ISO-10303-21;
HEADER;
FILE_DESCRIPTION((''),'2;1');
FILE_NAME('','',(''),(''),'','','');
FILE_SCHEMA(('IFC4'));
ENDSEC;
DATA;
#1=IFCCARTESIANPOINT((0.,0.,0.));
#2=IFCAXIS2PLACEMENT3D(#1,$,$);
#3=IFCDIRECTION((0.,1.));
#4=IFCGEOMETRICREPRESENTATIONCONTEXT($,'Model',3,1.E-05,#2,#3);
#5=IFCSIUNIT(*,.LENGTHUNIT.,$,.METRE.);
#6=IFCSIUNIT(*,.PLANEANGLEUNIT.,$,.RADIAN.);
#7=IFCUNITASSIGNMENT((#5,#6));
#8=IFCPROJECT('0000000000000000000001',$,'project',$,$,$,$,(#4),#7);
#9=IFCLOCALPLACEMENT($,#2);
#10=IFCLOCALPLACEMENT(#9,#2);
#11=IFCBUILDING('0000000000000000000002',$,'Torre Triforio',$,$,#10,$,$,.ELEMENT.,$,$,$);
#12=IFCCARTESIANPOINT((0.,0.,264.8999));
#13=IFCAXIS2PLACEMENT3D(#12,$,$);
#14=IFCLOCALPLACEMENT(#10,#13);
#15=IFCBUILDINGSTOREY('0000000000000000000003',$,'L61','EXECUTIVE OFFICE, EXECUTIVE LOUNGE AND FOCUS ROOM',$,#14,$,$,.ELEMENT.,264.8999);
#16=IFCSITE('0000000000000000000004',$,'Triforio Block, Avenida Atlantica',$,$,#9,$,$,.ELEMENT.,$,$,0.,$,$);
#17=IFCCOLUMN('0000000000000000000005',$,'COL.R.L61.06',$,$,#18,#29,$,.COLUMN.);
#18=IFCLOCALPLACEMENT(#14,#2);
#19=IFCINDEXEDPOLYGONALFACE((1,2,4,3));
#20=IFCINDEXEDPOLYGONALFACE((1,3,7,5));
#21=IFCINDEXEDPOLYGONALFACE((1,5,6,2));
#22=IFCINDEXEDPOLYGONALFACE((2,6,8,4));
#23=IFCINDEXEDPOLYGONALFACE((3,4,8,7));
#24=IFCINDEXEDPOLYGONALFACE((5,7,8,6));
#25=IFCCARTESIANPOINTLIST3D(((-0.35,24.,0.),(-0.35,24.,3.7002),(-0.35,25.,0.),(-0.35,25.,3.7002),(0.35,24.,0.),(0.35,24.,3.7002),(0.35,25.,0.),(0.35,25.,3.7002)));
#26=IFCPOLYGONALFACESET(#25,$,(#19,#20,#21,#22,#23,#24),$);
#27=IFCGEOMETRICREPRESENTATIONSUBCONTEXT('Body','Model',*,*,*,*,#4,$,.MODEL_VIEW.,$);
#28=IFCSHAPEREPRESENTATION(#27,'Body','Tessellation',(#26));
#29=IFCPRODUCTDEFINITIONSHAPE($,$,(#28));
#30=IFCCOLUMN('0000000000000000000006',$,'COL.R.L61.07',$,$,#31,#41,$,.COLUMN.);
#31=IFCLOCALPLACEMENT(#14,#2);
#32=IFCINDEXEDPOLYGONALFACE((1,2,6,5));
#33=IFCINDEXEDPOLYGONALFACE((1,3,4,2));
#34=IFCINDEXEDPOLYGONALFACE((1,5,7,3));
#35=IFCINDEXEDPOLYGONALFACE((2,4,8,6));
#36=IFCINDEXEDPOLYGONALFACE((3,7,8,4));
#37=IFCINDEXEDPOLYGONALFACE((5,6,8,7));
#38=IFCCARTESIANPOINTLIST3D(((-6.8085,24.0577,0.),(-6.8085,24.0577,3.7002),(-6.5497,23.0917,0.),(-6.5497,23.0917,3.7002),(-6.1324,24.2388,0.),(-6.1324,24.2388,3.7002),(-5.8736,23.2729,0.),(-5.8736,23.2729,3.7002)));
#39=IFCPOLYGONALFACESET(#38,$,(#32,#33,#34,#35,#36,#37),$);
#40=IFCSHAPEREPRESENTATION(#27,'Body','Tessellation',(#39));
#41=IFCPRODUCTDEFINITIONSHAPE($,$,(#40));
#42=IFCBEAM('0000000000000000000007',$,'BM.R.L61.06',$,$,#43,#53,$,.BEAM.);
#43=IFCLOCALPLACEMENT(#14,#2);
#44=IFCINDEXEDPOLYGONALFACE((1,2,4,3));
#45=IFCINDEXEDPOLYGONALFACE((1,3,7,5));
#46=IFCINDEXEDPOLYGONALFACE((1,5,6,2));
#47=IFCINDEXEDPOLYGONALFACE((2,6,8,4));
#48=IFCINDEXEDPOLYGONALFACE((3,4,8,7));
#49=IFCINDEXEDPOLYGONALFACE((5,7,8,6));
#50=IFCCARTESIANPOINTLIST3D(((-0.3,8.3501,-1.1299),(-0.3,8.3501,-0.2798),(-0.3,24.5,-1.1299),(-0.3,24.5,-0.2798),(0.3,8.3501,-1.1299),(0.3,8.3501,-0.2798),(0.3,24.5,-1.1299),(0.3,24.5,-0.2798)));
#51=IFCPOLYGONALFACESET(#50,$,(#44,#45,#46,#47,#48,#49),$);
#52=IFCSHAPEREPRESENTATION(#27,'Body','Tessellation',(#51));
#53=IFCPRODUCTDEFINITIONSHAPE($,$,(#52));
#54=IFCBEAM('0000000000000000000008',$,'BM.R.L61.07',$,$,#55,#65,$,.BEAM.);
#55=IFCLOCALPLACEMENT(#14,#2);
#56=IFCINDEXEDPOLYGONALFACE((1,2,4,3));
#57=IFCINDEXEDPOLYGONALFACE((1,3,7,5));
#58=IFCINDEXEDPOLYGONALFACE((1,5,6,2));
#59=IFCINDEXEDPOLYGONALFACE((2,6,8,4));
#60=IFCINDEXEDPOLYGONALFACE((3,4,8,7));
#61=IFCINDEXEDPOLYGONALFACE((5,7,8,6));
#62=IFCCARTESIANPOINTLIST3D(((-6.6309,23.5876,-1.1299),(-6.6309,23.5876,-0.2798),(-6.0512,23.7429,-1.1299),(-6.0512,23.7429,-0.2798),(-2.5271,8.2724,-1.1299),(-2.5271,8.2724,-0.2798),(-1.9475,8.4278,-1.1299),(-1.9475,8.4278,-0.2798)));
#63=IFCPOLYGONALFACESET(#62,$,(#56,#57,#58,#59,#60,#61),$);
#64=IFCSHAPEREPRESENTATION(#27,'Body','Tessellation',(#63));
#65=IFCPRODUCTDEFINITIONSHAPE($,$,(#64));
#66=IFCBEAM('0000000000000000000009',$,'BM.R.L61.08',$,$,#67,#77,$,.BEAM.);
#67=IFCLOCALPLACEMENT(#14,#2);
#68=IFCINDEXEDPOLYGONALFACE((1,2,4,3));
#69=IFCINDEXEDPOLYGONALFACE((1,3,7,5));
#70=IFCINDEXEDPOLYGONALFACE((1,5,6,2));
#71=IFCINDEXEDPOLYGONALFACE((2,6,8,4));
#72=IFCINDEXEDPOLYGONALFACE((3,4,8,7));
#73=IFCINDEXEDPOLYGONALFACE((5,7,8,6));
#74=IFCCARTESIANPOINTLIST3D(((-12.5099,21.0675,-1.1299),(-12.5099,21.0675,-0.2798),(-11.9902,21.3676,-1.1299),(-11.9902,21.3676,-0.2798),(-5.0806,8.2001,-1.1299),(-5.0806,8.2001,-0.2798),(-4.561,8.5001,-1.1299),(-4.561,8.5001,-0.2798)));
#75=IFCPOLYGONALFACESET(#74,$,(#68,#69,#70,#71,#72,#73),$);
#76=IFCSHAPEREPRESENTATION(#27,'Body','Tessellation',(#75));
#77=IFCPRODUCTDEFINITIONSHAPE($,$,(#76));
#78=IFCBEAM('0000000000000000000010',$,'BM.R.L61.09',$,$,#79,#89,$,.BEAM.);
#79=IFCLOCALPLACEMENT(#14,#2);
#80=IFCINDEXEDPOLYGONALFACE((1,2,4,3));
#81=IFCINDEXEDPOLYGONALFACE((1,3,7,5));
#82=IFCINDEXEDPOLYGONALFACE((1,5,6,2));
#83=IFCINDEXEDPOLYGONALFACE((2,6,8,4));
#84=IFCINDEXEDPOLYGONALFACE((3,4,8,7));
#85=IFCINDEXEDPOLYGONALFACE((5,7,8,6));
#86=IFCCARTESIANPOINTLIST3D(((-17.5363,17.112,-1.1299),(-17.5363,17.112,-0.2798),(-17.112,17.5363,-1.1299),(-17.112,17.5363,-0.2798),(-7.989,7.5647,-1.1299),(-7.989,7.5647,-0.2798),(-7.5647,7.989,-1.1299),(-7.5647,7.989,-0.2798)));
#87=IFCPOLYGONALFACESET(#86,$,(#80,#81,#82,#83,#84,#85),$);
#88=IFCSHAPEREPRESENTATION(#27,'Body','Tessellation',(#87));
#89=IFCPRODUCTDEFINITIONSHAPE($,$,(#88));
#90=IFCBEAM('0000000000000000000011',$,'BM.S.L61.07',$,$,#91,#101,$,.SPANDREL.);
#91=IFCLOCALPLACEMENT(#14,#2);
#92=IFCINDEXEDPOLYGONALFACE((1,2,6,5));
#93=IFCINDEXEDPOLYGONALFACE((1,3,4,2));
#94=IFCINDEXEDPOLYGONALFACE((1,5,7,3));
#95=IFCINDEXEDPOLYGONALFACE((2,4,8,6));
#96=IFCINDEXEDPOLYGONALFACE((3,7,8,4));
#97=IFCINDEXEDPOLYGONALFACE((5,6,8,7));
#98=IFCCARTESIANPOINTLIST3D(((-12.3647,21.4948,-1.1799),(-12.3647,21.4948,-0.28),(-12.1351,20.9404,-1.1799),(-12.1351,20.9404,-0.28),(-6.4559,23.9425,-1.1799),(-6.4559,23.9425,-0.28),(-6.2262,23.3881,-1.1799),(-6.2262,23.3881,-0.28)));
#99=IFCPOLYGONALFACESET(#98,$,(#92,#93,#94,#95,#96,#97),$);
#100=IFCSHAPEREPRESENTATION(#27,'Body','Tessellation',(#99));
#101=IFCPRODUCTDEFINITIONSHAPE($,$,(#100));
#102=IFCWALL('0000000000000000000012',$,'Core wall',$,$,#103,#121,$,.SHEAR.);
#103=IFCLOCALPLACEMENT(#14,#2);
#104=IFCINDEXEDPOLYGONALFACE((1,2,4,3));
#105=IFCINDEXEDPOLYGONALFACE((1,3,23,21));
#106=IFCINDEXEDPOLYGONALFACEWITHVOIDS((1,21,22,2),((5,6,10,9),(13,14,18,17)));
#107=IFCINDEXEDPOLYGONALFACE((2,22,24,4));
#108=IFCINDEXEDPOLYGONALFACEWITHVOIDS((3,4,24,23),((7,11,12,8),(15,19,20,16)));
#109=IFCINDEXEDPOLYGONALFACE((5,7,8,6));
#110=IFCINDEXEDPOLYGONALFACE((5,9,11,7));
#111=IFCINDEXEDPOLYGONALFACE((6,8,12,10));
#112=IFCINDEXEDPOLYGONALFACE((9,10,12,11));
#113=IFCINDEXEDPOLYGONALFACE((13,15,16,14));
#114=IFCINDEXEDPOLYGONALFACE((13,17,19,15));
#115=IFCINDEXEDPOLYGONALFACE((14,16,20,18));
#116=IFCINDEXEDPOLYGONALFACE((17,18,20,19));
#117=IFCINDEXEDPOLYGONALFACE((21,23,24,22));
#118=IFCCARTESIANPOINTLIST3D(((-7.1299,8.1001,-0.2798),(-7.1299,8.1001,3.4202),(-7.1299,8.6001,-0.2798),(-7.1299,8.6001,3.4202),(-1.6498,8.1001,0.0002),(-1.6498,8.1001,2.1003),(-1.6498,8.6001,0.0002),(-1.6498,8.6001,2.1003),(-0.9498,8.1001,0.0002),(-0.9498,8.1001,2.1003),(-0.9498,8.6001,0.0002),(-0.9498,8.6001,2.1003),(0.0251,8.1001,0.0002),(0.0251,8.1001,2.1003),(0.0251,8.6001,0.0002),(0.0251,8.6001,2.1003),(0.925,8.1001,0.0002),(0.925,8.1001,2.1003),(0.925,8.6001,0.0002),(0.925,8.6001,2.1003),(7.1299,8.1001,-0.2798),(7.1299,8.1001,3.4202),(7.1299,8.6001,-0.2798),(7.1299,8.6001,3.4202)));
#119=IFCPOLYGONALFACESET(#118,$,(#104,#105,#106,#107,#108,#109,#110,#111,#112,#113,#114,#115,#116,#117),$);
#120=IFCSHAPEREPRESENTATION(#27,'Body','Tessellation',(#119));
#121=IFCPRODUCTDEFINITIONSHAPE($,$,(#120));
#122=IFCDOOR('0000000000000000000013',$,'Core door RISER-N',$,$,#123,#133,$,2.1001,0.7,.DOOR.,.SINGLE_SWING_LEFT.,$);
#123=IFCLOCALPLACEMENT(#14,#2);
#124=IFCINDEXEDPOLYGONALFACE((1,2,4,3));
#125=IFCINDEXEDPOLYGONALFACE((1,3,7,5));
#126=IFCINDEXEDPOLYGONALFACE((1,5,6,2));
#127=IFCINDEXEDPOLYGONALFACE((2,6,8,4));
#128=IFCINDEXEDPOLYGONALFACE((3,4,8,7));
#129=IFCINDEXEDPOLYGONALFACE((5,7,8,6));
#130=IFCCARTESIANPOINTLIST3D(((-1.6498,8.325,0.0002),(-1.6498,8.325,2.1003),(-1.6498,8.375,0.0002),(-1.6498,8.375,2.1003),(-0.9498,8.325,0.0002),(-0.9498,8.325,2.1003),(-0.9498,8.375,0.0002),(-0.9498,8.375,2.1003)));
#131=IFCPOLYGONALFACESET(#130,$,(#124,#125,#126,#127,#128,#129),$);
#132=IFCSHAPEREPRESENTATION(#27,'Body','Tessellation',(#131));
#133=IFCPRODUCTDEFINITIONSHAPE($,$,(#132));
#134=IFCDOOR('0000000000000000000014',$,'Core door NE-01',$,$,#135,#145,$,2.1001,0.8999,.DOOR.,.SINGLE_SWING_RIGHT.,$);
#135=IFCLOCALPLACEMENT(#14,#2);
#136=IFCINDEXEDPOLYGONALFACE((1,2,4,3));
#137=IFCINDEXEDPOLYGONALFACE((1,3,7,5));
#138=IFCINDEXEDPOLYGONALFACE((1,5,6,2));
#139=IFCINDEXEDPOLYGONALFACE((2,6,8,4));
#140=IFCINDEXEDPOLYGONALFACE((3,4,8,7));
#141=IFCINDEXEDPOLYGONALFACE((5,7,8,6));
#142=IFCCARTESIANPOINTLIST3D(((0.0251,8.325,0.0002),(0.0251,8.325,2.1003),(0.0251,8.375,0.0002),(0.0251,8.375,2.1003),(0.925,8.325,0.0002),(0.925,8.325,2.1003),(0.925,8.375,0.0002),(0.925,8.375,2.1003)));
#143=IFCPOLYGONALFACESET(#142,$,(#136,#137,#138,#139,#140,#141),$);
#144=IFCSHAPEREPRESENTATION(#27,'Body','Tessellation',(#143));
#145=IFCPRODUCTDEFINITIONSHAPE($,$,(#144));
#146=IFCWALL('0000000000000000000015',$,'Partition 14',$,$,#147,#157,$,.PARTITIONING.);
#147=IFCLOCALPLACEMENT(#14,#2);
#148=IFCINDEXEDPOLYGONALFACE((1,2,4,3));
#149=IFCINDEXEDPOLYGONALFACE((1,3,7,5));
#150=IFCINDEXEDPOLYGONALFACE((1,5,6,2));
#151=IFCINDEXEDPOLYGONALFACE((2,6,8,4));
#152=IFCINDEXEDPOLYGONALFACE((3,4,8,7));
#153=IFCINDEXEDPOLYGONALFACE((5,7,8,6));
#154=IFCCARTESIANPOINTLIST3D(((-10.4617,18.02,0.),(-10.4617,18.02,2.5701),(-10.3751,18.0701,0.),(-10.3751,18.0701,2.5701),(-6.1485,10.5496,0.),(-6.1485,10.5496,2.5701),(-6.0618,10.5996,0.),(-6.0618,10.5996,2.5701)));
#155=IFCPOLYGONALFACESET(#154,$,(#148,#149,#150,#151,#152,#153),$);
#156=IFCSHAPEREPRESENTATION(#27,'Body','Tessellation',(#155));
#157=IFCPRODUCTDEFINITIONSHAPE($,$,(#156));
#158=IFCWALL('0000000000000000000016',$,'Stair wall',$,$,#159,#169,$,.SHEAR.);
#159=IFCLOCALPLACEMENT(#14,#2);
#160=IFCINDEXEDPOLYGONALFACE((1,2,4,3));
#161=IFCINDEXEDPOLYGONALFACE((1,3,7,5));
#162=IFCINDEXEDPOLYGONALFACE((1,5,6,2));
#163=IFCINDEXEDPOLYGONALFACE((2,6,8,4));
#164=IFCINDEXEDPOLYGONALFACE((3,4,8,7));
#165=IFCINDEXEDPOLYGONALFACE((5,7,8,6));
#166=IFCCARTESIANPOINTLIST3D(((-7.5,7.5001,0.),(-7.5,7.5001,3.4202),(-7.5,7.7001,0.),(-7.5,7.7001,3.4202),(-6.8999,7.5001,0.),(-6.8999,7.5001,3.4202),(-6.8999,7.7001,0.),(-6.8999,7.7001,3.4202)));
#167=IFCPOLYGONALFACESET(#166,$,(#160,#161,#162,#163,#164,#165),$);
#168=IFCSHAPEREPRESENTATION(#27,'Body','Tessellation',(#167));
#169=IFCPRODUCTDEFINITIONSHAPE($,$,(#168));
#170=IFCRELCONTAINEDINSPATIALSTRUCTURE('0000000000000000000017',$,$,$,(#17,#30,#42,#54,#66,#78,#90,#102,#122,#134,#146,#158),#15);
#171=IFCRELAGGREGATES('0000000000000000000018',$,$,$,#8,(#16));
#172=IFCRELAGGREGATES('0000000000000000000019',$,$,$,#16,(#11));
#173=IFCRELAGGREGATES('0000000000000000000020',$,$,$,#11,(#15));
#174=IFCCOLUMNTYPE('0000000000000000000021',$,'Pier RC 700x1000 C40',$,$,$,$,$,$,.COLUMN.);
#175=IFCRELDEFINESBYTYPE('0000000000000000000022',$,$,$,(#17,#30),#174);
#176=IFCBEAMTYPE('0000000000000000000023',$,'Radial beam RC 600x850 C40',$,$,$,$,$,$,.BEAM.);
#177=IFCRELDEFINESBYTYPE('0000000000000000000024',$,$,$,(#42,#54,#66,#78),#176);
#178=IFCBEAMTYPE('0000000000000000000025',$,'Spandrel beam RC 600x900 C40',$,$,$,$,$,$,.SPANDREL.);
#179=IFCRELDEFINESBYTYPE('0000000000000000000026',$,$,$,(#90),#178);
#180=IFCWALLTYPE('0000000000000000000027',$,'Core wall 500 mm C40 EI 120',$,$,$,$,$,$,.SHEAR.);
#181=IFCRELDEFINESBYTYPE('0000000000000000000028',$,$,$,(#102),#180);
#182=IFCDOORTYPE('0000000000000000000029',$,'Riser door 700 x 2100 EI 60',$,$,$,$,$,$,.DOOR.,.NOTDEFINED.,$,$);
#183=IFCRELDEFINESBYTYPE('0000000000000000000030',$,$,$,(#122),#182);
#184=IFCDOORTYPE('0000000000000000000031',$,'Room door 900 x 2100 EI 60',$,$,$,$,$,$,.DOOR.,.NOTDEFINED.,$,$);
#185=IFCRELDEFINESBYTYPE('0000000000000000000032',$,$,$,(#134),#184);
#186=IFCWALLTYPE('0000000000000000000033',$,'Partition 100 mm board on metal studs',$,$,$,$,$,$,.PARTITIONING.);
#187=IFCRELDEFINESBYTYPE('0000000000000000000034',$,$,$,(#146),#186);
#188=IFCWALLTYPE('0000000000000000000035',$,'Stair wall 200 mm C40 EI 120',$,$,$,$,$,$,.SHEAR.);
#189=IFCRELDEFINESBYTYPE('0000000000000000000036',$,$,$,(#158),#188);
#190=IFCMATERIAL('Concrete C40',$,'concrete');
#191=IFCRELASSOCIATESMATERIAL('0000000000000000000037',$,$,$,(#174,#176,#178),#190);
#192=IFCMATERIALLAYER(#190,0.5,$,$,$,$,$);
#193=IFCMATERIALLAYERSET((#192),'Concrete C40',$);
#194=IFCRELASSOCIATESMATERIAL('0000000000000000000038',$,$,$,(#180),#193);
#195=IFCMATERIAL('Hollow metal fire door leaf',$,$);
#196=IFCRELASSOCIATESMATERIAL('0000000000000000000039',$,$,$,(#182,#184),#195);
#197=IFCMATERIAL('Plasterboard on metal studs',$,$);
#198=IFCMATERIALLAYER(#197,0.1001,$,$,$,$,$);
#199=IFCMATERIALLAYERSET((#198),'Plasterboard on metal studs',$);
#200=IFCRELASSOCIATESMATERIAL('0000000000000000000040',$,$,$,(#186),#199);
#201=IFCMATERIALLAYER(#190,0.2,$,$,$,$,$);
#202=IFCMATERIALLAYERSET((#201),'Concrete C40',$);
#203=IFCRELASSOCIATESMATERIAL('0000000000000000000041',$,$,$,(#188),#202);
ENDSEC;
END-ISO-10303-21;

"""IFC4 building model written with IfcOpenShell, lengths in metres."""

from ifc_helpers import new_model, si_unit, direction, frame, frame_2d, origin, origin_2d, place, context, subcontext, project, spatial, rectangle, extrude, material, layer, layer_set, material_profile, profile_set, type_object, element, fill, save


model = new_model("IFC4")

# Units and contexts
model_context = context("Model", 3, precision=1e-05, world=origin(), true_north=direction((0.0, 1.0)))
body_context = subcontext(model_context, "Body", "Model", "MODEL_VIEW")
ifc_project = project(units=[si_unit("LENGTHUNIT", "METRE"), si_unit("PLANEANGLEUNIT", "RADIAN")], contexts=[model_context])

# Site, building, storey
site_placement = place(None, origin())
site = spatial("IfcSite", under=ifc_project, at=site_placement, Name="Triforio Block, Avenida Atlantica", CompositionType="ELEMENT", RefElevation=0.0)
building_placement = place(site_placement, origin())
building = spatial("IfcBuilding", under=site, at=building_placement, Name="Torre Triforio", CompositionType="ELEMENT")
storey_placement = place(building_placement, frame((0.0, 0.0, 264.8999)))
storey = spatial("IfcBuildingStorey", under=building, at=storey_placement, Name="L61", Description="EXECUTIVE OFFICE, EXECUTIVE LOUNGE AND FOCUS ROOM", CompositionType="ELEMENT", Elevation=264.8999)

# Columns
ifc_material_1 = material(Name="Concrete C40", Category="concrete")
ifc_material_profile_1 = material_profile(ifc_material_1, rectangle(XDim=0.7, YDim=1.0, at=origin_2d()), Name="RC 700x1000")
ifc_profile_set_1 = profile_set([ifc_material_profile_1], Name="Concrete C40")
column_type = type_object("IfcColumnType", Name="Pier RC 700x1000 C40", PredefinedType="COLUMN", material=ifc_profile_set_1)
for number, where, z_axis, x_axis, name in (
    (1, (0.0, 24.5, 0.0), (0.0, 0.0, 1.0), (-1.0, 0.0, 0.0), "COL.R.L61.06"),
    (2, (-6.3411, 23.6653, 0.0), (0.0, 0.0, 1.0), (-0.965926, -0.258819, 0.0), "COL.R.L61.07"),
):
    element("IfcColumn", number, at=place(storey_placement, frame(where, z_axis=z_axis, x_axis=x_axis)), inside=storey, type_object=column_type, Name=name, PredefinedType="COLUMN", context=body_context, shape_type="SweptSolid", body=[
        extrude(rectangle(XDim=0.7, YDim=1.0, at=origin_2d()), origin(), (0.0, 0.0, 1.0), 3.7002),
    ])

# Beams
ifc_material_profile_2 = material_profile(ifc_material_1, rectangle(XDim=0.6001, YDim=0.8501, at=origin_2d()), Name="RC 600x850")
ifc_profile_set_2 = profile_set([ifc_material_profile_2], Name="Concrete C40")
beam_type_1 = type_object("IfcBeamType", Name="Radial beam RC 600x850 C40", PredefinedType="BEAM", material=ifc_profile_set_2)
beam_1_placement = place(storey_placement, frame((0.0, 8.3501, -0.7048), z_axis=(0.0, 1.0, 0.0), x_axis=(-1.0, 0.0, 0.0)))
element("IfcBeam", 3, at=beam_1_placement, inside=storey, type_object=beam_type_1, Name="BM.R.L61.06", PredefinedType="BEAM", context=body_context, shape_type="SweptSolid", body=[
    extrude(rectangle(XDim=0.6001, YDim=0.8501, at=origin_2d()), origin(), (0.0, 0.0, 1.0), 16.1499),
])
beam_2_placement = place(storey_placement, frame((-2.2373, 8.3501, -0.7048), z_axis=(-0.258823, 0.965925, 0.0), x_axis=(-0.965925, -0.258823, 0.0)))
element("IfcBeam", 4, at=beam_2_placement, inside=storey, type_object=beam_type_1, Name="BM.R.L61.07", PredefinedType="BEAM", context=body_context, shape_type="SweptSolid", body=[
    extrude(rectangle(XDim=0.6001, YDim=0.8501, at=origin_2d()), origin(), (0.0, 0.0, 1.0), 15.8555),
])
beam_3_placement = place(storey_placement, frame((-4.8208, 8.3501, -0.7048), z_axis=(-0.500009, 0.86602, 0.0), x_axis=(-0.86602, -0.500009, 0.0)))
element("IfcBeam", 5, at=beam_3_placement, inside=storey, type_object=beam_type_1, Name="BM.R.L61.08", PredefinedType="BEAM", context=body_context, shape_type="SweptSolid", body=[
    extrude(rectangle(XDim=0.6001, YDim=0.8501, at=origin_2d()), origin(), (0.0, 0.0, 1.0), 14.8582),
])
beam_4_placement = place(storey_placement, frame((-7.7769, 7.7769, -0.7048), z_axis=(-0.707107, 0.707107, 0.0), x_axis=(-0.707107, -0.707107, 0.0)))
element("IfcBeam", 6, at=beam_4_placement, inside=storey, type_object=beam_type_1, Name="BM.R.L61.09", PredefinedType="BEAM", context=body_context, shape_type="SweptSolid", body=[
    extrude(rectangle(XDim=0.6001, YDim=0.8501, at=origin_2d()), origin(), (0.0, 0.0, 1.0), 13.502),
])
ifc_material_profile_3 = material_profile(ifc_material_1, rectangle(XDim=0.6001, YDim=0.8999, at=origin_2d()), Name="RC 600x900")
ifc_profile_set_3 = profile_set([ifc_material_profile_3], Name="Concrete C40")
beam_type_2 = type_object("IfcBeamType", Name="Spandrel beam RC 600x900 C40", PredefinedType="SPANDREL", material=ifc_profile_set_3)
beam_5_placement = place(storey_placement, frame((-6.3411, 23.6653, -0.73), z_axis=(-0.923869, -0.382709, 0.0), x_axis=(0.382709, -0.923869, 0.0)))
element("IfcBeam", 7, at=beam_5_placement, inside=storey, type_object=beam_type_2, Name="BM.S.L61.07", PredefinedType="SPANDREL", context=body_context, shape_type="SweptSolid", body=[
    extrude(rectangle(XDim=0.6001, YDim=0.8999, at=origin_2d()), origin(), (0.0, 0.0, 1.0), 6.3958),
])

# Wall, openings, doors
ifc_layer_1 = layer(ifc_material_1, 0.5)
ifc_layer_set_1 = layer_set([ifc_layer_1], Name="Concrete C40")
wall_type_1 = type_object("IfcWallType", Name="Core wall 500 mm C40 EI 120", PredefinedType="SHEAR", material=ifc_layer_set_1)
wall_1_placement = place(storey_placement, frame((-7.1299, 8.3501, -0.2798), z_axis=(0.0, 0.0, 1.0), x_axis=(1.0, 0.0, 0.0)))
wall_1 = element("IfcWall", 8, at=wall_1_placement, inside=storey, type_object=wall_type_1, Name="Core wall", PredefinedType="SHEAR", context=body_context, shape_type="SweptSolid", body=[
    extrude(rectangle(XDim=14.2598, YDim=0.5, at=frame_2d((7.1299, 0.0))), origin(), (0.0, 0.0, 1.0), 3.7),
])
opening_1_placement = place(wall_1_placement, frame((5.48, 0.0, 0.28)))
opening_1 = element("IfcOpeningElement", 9, at=opening_1_placement, cuts=wall_1, PredefinedType="OPENING", context=body_context, shape_type="SweptSolid", body=[
    extrude(rectangle(XDim=0.7, YDim=2.1001, at=frame_2d((0.3501, 1.05))), frame((0.0, 0.26, 0.0), z_axis=(0.0, -1.0, 0.0), x_axis=(1.0, 0.0, 0.0)), (0.0, 0.0, 1.0), 0.52),
])
opening_2_placement = place(wall_1_placement, frame((7.155, 0.0, 0.28)))
opening_2 = element("IfcOpeningElement", 10, at=opening_2_placement, cuts=wall_1, PredefinedType="OPENING", context=body_context, shape_type="SweptSolid", body=[
    extrude(rectangle(XDim=0.8999, YDim=2.1001, at=frame_2d((0.45, 1.05))), frame((0.0, 0.26, 0.0), z_axis=(0.0, -1.0, 0.0), x_axis=(1.0, 0.0, 0.0)), (0.0, 0.0, 1.0), 0.52),
])
ifc_material_2 = material(Name="Hollow metal fire door leaf")
door_type_1 = type_object("IfcDoorType", Name="Riser door 700 x 2100 EI 60", OperationType="NOTDEFINED", PredefinedType="DOOR", material=ifc_material_2)
door_1_placement = place(opening_1_placement, origin())
door_1 = element("IfcDoor", 11, at=door_1_placement, inside=storey, type_object=door_type_1, Name="Core door RISER-N", OperationType="SINGLE_SWING_LEFT", OverallHeight=2.1001, OverallWidth=0.7, PredefinedType="DOOR", context=body_context, shape_type="SweptSolid", body=[
    extrude(rectangle(XDim=0.7, YDim=2.1001, at=frame_2d((0.3501, 1.05))), frame((0.0, 0.0249, 0.0), z_axis=(0.0, -1.0, 0.0), x_axis=(1.0, 0.0, 0.0)), (0.0, 0.0, 1.0), 0.05),
])
fill(opening_1, door_1)
door_type_2 = type_object("IfcDoorType", Name="Room door 900 x 2100 EI 60", OperationType="NOTDEFINED", PredefinedType="DOOR", material=ifc_material_2)
door_2_placement = place(opening_2_placement, origin())
door_2 = element("IfcDoor", 12, at=door_2_placement, inside=storey, type_object=door_type_2, Name="Core door NE-01", OperationType="SINGLE_SWING_RIGHT", OverallHeight=2.1001, OverallWidth=0.8999, PredefinedType="DOOR", context=body_context, shape_type="SweptSolid", body=[
    extrude(rectangle(XDim=0.8999, YDim=2.1001, at=frame_2d((0.45, 1.05))), frame((0.0, 0.0249, 0.0), z_axis=(0.0, -1.0, 0.0), x_axis=(1.0, 0.0, 0.0)), (0.0, 0.0, 1.0), 0.05),
])
fill(opening_2, door_2)

# Walls
ifc_material_3 = material(Name="Plasterboard on metal studs")
ifc_layer_2 = layer(ifc_material_3, 0.1001)
ifc_layer_set_2 = layer_set([ifc_layer_2], Name="Plasterboard on metal studs")
wall_type_2 = type_object("IfcWallType", Name="Partition 100 mm board on metal studs", PredefinedType="PARTITIONING", material=ifc_layer_set_2)
wall_2_placement = place(storey_placement, frame((-6.1052, 10.5747, 0.0), z_axis=(0.0, 0.0, 1.0), x_axis=(-0.500014, 0.866017, 0.0)))
element("IfcWall", 13, at=wall_2_placement, inside=storey, type_object=wall_type_2, Name="Partition 14", PredefinedType="PARTITIONING", context=body_context, shape_type="SweptSolid", body=[
    extrude(rectangle(XDim=8.6262, YDim=0.1001, at=frame_2d((4.313, 0.0))), origin(), (0.0, 0.0, 1.0), 2.5701),
])
ifc_layer_3 = layer(ifc_material_1, 0.2)
ifc_layer_set_3 = layer_set([ifc_layer_3], Name="Concrete C40")
wall_type_3 = type_object("IfcWallType", Name="Stair wall 200 mm C40 EI 120", PredefinedType="SHEAR", material=ifc_layer_set_3)
wall_3_placement = place(storey_placement, frame((-7.5, 7.6001, 0.0), z_axis=(0.0, 0.0, 1.0), x_axis=(1.0, 0.0, 0.0)))
element("IfcWall", 14, at=wall_3_placement, inside=storey, type_object=wall_type_3, Name="Stair wall", PredefinedType="SHEAR", context=body_context, shape_type="SweptSolid", body=[
    extrude(rectangle(XDim=0.6001, YDim=0.2, at=frame_2d((0.3, 0.0))), origin(), (0.0, 0.0, 1.0), 3.4202),
])

save(model, "model.ifc")
